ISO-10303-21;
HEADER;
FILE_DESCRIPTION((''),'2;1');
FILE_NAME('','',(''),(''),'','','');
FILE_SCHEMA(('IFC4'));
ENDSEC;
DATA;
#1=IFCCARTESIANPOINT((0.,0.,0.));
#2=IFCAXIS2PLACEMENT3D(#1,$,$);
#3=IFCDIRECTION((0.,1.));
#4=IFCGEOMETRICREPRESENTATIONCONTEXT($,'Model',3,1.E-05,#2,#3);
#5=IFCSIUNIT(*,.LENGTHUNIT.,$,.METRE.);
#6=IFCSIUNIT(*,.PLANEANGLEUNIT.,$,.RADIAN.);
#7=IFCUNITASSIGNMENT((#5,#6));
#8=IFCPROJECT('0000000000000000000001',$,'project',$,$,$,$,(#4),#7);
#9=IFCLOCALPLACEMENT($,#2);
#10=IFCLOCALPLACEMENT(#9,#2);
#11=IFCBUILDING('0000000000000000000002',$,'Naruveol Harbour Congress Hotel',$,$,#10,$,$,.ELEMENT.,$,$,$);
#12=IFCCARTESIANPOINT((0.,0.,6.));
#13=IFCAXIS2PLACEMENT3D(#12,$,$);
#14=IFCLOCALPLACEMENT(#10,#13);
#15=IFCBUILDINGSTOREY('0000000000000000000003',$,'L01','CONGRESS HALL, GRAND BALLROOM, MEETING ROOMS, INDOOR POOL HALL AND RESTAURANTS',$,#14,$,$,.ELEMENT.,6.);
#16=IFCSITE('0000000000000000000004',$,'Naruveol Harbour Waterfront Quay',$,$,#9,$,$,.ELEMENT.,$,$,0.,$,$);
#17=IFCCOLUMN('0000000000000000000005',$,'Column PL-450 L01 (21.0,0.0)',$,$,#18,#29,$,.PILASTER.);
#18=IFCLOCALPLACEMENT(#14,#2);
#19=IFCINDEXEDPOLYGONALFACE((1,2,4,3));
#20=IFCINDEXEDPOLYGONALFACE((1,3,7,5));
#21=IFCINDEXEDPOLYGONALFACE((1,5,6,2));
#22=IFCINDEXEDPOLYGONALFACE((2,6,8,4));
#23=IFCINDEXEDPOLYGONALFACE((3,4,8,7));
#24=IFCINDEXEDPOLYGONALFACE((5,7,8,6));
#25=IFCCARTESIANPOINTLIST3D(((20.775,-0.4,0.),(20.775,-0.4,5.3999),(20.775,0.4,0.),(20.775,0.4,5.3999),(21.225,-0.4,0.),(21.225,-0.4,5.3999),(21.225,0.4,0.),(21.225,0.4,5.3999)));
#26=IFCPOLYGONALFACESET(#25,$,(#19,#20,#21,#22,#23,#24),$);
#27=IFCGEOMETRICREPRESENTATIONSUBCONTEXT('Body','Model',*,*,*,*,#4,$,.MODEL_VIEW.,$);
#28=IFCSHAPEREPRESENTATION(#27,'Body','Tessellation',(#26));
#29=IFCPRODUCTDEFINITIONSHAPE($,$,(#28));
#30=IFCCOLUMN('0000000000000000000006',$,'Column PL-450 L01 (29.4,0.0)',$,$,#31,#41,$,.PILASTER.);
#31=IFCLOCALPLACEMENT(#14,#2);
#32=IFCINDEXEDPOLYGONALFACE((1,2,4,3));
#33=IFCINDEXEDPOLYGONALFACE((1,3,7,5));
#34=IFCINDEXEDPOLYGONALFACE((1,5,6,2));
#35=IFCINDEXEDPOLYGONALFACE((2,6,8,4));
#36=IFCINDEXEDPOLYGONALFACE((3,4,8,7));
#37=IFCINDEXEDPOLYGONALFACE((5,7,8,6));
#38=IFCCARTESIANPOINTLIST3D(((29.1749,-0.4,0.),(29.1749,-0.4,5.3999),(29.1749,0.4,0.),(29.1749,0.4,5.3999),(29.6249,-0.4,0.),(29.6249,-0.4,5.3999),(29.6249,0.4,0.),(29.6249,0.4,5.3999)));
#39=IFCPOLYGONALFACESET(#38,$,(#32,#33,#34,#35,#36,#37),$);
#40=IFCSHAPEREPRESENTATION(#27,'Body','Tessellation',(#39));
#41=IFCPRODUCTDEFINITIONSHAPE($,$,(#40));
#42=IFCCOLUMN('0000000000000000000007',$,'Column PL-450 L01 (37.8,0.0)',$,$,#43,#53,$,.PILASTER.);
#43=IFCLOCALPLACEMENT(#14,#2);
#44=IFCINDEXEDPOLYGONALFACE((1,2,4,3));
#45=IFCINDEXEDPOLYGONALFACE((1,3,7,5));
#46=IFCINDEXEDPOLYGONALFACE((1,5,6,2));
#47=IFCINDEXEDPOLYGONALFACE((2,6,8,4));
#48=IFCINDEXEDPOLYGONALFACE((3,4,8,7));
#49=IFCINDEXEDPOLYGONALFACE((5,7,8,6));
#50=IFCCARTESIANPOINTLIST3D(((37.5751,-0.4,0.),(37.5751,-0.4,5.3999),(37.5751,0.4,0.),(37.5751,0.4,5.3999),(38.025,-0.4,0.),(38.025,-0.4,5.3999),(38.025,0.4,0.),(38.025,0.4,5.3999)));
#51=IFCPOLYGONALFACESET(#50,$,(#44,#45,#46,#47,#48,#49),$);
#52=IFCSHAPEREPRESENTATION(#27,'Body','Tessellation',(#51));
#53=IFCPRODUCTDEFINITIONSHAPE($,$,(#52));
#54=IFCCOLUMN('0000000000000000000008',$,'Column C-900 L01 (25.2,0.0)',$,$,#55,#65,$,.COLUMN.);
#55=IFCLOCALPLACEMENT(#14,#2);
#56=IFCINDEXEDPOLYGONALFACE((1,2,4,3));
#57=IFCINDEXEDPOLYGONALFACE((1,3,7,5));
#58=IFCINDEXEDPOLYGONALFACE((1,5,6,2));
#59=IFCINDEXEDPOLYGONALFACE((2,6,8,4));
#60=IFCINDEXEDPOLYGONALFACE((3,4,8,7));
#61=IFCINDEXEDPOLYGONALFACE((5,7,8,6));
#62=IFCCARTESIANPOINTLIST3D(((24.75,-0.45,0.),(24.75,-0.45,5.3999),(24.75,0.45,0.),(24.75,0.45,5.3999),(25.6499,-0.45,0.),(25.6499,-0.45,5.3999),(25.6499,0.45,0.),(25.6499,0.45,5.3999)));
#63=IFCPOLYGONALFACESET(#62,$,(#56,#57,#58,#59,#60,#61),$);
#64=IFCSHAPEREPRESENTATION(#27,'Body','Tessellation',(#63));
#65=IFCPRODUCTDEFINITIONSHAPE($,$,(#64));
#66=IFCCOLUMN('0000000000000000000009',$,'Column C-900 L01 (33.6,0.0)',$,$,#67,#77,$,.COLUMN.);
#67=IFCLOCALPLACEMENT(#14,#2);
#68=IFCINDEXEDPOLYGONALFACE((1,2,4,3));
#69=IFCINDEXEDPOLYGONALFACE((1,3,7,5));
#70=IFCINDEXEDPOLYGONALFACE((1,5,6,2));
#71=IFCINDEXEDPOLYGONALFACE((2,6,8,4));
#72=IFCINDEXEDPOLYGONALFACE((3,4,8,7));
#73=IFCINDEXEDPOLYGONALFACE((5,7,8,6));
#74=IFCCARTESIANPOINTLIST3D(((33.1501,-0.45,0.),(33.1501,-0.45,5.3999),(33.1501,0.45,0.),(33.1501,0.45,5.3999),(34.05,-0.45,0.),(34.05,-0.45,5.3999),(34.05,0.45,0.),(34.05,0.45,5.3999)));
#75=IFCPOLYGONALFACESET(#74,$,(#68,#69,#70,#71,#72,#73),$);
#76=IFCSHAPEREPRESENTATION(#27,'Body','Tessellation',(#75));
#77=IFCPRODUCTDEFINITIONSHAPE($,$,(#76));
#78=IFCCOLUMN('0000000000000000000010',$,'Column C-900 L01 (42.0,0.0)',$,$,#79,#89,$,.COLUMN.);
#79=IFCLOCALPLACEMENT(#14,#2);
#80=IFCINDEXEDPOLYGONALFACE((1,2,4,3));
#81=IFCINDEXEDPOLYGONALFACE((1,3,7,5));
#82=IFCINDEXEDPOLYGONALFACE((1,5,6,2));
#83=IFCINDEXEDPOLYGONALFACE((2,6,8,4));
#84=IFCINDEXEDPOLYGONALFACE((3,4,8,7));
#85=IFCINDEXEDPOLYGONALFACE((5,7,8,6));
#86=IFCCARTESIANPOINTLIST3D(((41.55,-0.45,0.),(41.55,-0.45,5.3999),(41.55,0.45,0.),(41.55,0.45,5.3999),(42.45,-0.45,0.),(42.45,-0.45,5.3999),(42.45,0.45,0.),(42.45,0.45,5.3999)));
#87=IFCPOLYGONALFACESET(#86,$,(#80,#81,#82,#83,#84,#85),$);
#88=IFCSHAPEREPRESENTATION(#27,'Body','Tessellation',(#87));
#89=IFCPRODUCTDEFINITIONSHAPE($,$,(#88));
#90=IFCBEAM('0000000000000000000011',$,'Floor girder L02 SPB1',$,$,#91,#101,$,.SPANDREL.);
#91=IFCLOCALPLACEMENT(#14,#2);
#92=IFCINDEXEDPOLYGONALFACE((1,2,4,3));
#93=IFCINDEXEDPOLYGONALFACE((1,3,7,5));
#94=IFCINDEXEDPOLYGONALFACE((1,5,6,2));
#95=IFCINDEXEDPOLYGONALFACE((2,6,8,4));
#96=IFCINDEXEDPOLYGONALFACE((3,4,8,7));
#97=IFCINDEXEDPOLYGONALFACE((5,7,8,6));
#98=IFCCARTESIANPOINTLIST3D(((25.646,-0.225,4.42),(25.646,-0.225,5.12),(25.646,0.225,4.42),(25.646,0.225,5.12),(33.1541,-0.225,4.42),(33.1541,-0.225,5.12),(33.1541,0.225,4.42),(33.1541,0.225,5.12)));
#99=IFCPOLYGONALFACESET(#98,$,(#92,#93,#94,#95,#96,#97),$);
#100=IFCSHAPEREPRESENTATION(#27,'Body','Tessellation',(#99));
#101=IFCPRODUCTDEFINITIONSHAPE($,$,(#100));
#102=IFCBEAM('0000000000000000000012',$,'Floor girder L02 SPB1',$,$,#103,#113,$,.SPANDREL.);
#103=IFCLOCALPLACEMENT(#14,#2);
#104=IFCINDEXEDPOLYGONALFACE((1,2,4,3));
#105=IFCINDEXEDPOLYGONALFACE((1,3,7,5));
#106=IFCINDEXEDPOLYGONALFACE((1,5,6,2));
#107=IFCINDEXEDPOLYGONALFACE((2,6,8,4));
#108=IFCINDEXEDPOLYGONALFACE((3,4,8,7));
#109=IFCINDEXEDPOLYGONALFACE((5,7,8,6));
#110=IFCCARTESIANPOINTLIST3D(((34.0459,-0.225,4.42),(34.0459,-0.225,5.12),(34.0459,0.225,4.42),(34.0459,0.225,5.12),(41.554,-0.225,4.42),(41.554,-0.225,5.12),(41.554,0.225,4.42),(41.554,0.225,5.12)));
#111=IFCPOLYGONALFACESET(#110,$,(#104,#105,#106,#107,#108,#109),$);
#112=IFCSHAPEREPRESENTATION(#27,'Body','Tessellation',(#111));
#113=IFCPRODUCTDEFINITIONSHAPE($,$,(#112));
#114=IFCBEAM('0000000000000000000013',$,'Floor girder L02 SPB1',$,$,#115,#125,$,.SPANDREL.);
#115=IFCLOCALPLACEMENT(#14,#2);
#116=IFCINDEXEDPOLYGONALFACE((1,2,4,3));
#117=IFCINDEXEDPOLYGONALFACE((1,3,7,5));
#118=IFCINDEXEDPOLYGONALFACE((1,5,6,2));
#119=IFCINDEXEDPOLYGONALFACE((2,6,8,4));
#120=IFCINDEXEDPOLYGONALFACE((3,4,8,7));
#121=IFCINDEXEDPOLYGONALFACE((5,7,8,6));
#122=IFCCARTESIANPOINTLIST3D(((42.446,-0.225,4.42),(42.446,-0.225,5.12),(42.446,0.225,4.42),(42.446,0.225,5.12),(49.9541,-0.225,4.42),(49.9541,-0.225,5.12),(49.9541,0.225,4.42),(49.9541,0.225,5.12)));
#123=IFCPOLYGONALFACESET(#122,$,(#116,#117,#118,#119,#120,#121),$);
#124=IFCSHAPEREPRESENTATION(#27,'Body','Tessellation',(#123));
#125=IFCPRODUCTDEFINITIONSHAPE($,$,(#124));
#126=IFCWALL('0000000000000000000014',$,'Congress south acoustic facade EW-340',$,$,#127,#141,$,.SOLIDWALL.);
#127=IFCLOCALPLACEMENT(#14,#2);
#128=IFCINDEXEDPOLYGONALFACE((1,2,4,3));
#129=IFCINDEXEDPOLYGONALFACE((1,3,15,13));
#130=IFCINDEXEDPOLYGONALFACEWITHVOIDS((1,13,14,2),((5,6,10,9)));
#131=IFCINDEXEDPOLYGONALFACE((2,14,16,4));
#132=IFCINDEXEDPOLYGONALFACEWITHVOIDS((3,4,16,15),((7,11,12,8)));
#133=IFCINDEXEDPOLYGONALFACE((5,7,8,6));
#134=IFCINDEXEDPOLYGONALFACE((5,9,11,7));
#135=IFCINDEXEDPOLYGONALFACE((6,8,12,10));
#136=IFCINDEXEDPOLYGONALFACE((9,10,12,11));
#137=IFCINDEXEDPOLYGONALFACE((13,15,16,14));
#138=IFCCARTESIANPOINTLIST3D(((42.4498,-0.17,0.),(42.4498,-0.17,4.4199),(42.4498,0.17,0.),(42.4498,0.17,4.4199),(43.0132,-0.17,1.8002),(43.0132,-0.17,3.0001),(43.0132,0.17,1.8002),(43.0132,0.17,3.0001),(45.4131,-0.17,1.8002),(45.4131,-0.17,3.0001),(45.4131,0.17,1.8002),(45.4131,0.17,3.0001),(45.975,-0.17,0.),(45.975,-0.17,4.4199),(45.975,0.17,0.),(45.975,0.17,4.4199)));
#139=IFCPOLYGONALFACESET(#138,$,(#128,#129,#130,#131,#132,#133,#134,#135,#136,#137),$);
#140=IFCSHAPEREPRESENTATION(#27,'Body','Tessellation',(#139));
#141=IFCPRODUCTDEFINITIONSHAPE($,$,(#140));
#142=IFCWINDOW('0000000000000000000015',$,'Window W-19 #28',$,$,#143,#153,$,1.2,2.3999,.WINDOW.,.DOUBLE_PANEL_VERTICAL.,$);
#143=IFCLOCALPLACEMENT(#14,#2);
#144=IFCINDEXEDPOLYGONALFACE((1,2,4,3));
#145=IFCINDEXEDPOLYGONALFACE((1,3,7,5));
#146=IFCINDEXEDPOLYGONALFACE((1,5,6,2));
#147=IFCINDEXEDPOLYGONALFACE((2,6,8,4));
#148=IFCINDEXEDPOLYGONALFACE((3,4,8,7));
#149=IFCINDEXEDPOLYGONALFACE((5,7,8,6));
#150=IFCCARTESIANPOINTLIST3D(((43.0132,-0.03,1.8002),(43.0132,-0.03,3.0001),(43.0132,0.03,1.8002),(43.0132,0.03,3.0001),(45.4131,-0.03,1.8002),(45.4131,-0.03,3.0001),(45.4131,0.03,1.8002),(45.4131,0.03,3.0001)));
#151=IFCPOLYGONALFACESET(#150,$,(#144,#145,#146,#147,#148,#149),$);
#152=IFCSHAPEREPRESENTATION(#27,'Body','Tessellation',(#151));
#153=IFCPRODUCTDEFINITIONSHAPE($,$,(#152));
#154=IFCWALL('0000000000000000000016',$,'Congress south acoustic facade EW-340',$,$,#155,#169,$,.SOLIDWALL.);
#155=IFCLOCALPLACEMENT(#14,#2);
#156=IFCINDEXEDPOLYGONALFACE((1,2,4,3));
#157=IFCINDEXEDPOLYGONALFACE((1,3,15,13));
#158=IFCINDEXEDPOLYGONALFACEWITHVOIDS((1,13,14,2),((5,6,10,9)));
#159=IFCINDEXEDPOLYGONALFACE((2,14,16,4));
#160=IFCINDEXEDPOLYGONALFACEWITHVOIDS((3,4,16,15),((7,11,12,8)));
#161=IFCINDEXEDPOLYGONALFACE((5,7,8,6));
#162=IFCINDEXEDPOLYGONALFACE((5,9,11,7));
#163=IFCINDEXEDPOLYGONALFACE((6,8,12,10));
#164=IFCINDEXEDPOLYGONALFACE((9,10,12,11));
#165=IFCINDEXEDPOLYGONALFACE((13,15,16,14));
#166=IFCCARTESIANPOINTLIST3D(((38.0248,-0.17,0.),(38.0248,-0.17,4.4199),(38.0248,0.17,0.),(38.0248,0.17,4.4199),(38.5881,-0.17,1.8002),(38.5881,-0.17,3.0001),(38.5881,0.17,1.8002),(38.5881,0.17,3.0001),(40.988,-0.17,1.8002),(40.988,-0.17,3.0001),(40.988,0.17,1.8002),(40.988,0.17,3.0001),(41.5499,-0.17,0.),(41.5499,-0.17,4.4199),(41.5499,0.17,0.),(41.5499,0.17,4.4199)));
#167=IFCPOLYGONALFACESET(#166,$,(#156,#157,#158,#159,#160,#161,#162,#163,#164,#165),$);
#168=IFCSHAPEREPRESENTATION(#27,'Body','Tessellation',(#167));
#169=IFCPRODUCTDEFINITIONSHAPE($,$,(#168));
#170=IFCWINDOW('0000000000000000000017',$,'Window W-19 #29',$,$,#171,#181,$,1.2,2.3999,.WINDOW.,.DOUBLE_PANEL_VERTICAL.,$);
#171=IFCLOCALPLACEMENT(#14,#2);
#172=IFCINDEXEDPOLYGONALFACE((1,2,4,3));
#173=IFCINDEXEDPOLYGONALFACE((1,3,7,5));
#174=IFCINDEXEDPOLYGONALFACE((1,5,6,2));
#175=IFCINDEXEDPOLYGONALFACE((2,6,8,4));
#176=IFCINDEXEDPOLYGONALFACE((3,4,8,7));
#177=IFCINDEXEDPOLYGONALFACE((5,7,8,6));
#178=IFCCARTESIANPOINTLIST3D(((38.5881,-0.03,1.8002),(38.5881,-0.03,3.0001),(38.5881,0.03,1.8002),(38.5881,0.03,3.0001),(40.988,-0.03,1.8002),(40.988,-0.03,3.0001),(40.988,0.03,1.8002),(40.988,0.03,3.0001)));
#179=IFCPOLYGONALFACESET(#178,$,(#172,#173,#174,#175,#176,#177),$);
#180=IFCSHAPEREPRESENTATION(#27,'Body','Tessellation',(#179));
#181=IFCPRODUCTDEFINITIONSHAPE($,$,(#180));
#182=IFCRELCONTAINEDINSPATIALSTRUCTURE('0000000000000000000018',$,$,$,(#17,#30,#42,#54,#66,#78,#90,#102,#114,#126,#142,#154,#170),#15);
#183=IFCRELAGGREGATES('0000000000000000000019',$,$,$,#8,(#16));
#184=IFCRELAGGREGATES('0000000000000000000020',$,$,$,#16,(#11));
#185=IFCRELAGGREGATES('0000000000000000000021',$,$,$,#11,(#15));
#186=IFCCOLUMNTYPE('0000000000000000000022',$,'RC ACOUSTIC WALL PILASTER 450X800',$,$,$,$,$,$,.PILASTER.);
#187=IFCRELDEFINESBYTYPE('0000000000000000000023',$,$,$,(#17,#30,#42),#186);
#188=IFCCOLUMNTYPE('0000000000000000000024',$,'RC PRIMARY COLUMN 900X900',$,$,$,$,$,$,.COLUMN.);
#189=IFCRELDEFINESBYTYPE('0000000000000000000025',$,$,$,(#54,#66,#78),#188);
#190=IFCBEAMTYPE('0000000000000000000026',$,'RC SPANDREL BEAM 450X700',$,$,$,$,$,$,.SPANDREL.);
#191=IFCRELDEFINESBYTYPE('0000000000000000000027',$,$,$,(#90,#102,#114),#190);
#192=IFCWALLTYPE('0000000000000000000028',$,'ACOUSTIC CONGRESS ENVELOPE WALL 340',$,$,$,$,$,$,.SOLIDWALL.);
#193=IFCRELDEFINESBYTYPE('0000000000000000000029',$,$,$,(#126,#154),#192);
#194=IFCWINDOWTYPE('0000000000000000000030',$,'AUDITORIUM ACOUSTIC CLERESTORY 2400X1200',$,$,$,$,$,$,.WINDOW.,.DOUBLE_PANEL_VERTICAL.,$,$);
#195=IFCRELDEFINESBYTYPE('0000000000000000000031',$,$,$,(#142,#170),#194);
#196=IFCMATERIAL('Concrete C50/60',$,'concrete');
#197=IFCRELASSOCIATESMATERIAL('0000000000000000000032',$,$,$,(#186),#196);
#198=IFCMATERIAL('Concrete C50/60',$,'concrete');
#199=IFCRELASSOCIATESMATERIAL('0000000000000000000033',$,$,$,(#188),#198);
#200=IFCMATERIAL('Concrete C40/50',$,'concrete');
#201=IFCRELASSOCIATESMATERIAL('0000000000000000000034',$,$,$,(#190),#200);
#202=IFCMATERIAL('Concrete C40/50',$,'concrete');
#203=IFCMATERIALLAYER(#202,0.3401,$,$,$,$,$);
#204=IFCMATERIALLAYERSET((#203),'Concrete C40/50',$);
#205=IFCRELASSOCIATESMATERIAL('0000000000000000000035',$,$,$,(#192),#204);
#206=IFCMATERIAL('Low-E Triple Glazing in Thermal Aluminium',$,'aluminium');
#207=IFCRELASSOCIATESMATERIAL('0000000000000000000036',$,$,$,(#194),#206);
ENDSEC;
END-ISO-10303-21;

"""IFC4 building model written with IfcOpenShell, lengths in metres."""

from ifc_helpers import new_model, si_unit, direction, frame, frame_2d, origin, origin_2d, place, context, subcontext, project, spatial, rectangle, extrude, material, layer, layer_set, material_profile, profile_set, type_object, element, fill, save


model = new_model("IFC4")

# Units and contexts
model_context = context("Model", 3, precision=1e-05, world=origin(), true_north=direction((0.0, 1.0)))
body_context = subcontext(model_context, "Body", "Model", "MODEL_VIEW")
ifc_project = project(units=[si_unit("LENGTHUNIT", "METRE"), si_unit("PLANEANGLEUNIT", "RADIAN")], contexts=[model_context])

# Site, building, storey
site_placement = place(None, origin())
site = spatial("IfcSite", under=ifc_project, at=site_placement, Name="Naruveol Harbour Waterfront Quay", CompositionType="ELEMENT", RefElevation=0.0)
building_placement = place(site_placement, origin())
building = spatial("IfcBuilding", under=site, at=building_placement, Name="Naruveol Harbour Congress Hotel", CompositionType="ELEMENT")
storey_placement = place(building_placement, frame((0.0, 0.0, 6.0)))
storey = spatial("IfcBuildingStorey", under=building, at=storey_placement, Name="L01", Description="CONGRESS HALL, GRAND BALLROOM, MEETING ROOMS, INDOOR POOL HALL AND RESTAURANTS", CompositionType="ELEMENT", Elevation=6.0)

# Columns
ifc_material_1 = material(Name="Concrete C50/60", Category="concrete")
ifc_material_profile_1 = material_profile(ifc_material_1, rectangle(XDim=0.45, YDim=0.8, at=origin_2d()), Name="RC-450x800")
ifc_profile_set_1 = profile_set([ifc_material_profile_1], Name="Concrete C50/60")
column_type_1 = type_object("IfcColumnType", Name="RC ACOUSTIC WALL PILASTER 450X800", PredefinedType="PILASTER", material=ifc_profile_set_1)
for number, where, z_axis, x_axis, name in (
    (1, (21.0, 0.0, 0.0), (0.0, 0.0, 1.0), (1.0, 0.0, 0.0), "Column PL-450 L01 (21.0,0.0)"),
    (2, (29.3999, 0.0, 0.0), (0.0, 0.0, 1.0), (1.0, 0.0, 0.0), "Column PL-450 L01 (29.4,0.0)"),
    (3, (37.8, 0.0, 0.0), (0.0, 0.0, 1.0), (1.0, 0.0, 0.0), "Column PL-450 L01 (37.8,0.0)"),
):
    element("IfcColumn", number, at=place(storey_placement, frame(where, z_axis=z_axis, x_axis=x_axis)), inside=storey, type_object=column_type_1, Name=name, PredefinedType="PILASTER", context=body_context, shape_type="SweptSolid", body=[
        extrude(rectangle(XDim=0.45, YDim=0.8, at=origin_2d()), origin(), (0.0, 0.0, 1.0), 5.3999),
    ])
ifc_material_2 = material(Name="Concrete C50/60", Category="concrete")
ifc_material_profile_2 = material_profile(ifc_material_2, rectangle(XDim=0.8999, YDim=0.8999, at=origin_2d()), Name="RC-900x900")
ifc_profile_set_2 = profile_set([ifc_material_profile_2], Name="Concrete C50/60")
column_type_2 = type_object("IfcColumnType", Name="RC PRIMARY COLUMN 900X900", PredefinedType="COLUMN", material=ifc_profile_set_2)
for number, where, z_axis, x_axis, name in (
    (4, (25.2, 0.0, 0.0), (0.0, 0.0, 1.0), (1.0, 0.0, 0.0), "Column C-900 L01 (25.2,0.0)"),
    (5, (33.6001, 0.0, 0.0), (0.0, 0.0, 1.0), (1.0, 0.0, 0.0), "Column C-900 L01 (33.6,0.0)"),
    (6, (42.0, 0.0, 0.0), (0.0, 0.0, 1.0), (1.0, 0.0, 0.0), "Column C-900 L01 (42.0,0.0)"),
):
    element("IfcColumn", number, at=place(storey_placement, frame(where, z_axis=z_axis, x_axis=x_axis)), inside=storey, type_object=column_type_2, Name=name, PredefinedType="COLUMN", context=body_context, shape_type="SweptSolid", body=[
        extrude(rectangle(XDim=0.8999, YDim=0.8999, at=origin_2d()), origin(), (0.0, 0.0, 1.0), 5.3999),
    ])

# Beams
ifc_material_3 = material(Name="Concrete C40/50", Category="concrete")
ifc_material_profile_3 = material_profile(ifc_material_3, rectangle(XDim=0.45, YDim=0.7, at=origin_2d()), Name="RCB-450x700")
ifc_profile_set_3 = profile_set([ifc_material_profile_3], Name="Concrete C40/50")
beam_type = type_object("IfcBeamType", Name="RC SPANDREL BEAM 450X700", PredefinedType="SPANDREL", material=ifc_profile_set_3)
for number, where, z_axis, x_axis, name in (
    (7, (25.646, 0.0, 4.77), (1.0, 0.0, 0.0), (0.0, 1.0, 0.0), "Floor girder L02 SPB1"),
    (8, (34.0459, 0.0, 4.77), (1.0, 0.0, 0.0), (0.0, 1.0, 0.0), "Floor girder L02 SPB1"),
    (9, (42.446, 0.0, 4.77), (1.0, 0.0, 0.0), (0.0, 1.0, 0.0), "Floor girder L02 SPB1"),
):
    element("IfcBeam", number, at=place(storey_placement, frame(where, z_axis=z_axis, x_axis=x_axis)), inside=storey, type_object=beam_type, Name=name, PredefinedType="SPANDREL", context=body_context, shape_type="SweptSolid", body=[
        extrude(rectangle(XDim=0.45, YDim=0.7, at=origin_2d()), origin(), (0.0, 0.0, 1.0), 7.5081),
    ])

# Walls, openings, windows
ifc_material_4 = material(Name="Concrete C40/50", Category="concrete")
ifc_layer_1 = layer(ifc_material_4, 0.3401)
ifc_layer_set_1 = layer_set([ifc_layer_1], Name="Concrete C40/50")
wall_type = type_object("IfcWallType", Name="ACOUSTIC CONGRESS ENVELOPE WALL 340", PredefinedType="SOLIDWALL", material=ifc_layer_set_1)
wall_1_placement = place(storey_placement, frame((45.9751, 0.0, 0.0), z_axis=(0.0, 0.0, 1.0), x_axis=(-1.0, 0.0, 0.0)))
wall_1 = element("IfcWall", 10, at=wall_1_placement, inside=storey, type_object=wall_type, Name="Congress south acoustic facade EW-340", PredefinedType="SOLIDWALL", context=body_context, shape_type="SweptSolid", body=[
    extrude(rectangle(XDim=3.5251, YDim=0.3401, at=frame_2d((1.7627, 0.0))), origin(), (0.0, 0.0, 1.0), 4.4199),
])
opening_1_placement = place(wall_1_placement, frame((0.562, 0.0, 1.8)))
opening_1 = element("IfcOpeningElement", 11, at=opening_1_placement, cuts=wall_1, PredefinedType="OPENING", context=body_context, shape_type="SweptSolid", body=[
    extrude(rectangle(XDim=2.3999, YDim=1.2, at=frame_2d((1.2, 0.6001))), frame((0.0, 0.1799, 0.0), z_axis=(0.0, -1.0, 0.0), x_axis=(1.0, 0.0, 0.0)), (0.0, 0.0, 1.0), 0.3601),
])
ifc_material_5 = material(Name="Low-E Triple Glazing in Thermal Aluminium", Category="aluminium")
window_type = type_object("IfcWindowType", Name="AUDITORIUM ACOUSTIC CLERESTORY 2400X1200", PartitioningType="DOUBLE_PANEL_VERTICAL", PredefinedType="WINDOW", material=ifc_material_5)
window_1_placement = place(opening_1_placement, origin())
window_1 = element("IfcWindow", 12, at=window_1_placement, inside=storey, type_object=window_type, Name="Window W-19 #28", OverallHeight=1.2, OverallWidth=2.3999, PartitioningType="DOUBLE_PANEL_VERTICAL", PredefinedType="WINDOW", context=body_context, shape_type="SweptSolid", body=[
    extrude(rectangle(XDim=2.3999, YDim=1.2, at=frame_2d((1.2, 0.6001))), frame((0.0, 0.03, 0.0), z_axis=(0.0, -1.0, 0.0), x_axis=(1.0, 0.0, 0.0)), (0.0, 0.0, 1.0), 0.0601),
])
fill(opening_1, window_1)
wall_2_placement = place(storey_placement, frame((41.55, 0.0, 0.0), z_axis=(0.0, 0.0, 1.0), x_axis=(-1.0, 0.0, 0.0)))
wall_2 = element("IfcWall", 13, at=wall_2_placement, inside=storey, type_object=wall_type, Name="Congress south acoustic facade EW-340", PredefinedType="SOLIDWALL", context=body_context, shape_type="SweptSolid", body=[
    extrude(rectangle(XDim=3.5251, YDim=0.3401, at=frame_2d((1.7627, 0.0))), origin(), (0.0, 0.0, 1.0), 4.4199),
])
opening_2_placement = place(wall_2_placement, frame((0.562, 0.0, 1.8)))
opening_2 = element("IfcOpeningElement", 14, at=opening_2_placement, cuts=wall_2, PredefinedType="OPENING", context=body_context, shape_type="SweptSolid", body=[
    extrude(rectangle(XDim=2.3999, YDim=1.2, at=frame_2d((1.2, 0.6001))), frame((0.0, 0.1799, 0.0), z_axis=(0.0, -1.0, 0.0), x_axis=(1.0, 0.0, 0.0)), (0.0, 0.0, 1.0), 0.3601),
])
window_2_placement = place(opening_2_placement, origin())
window_2 = element("IfcWindow", 15, at=window_2_placement, inside=storey, type_object=window_type, Name="Window W-19 #29", OverallHeight=1.2, OverallWidth=2.3999, PartitioningType="DOUBLE_PANEL_VERTICAL", PredefinedType="WINDOW", context=body_context, shape_type="SweptSolid", body=[
    extrude(rectangle(XDim=2.3999, YDim=1.2, at=frame_2d((1.2, 0.6001))), frame((0.0, 0.03, 0.0), z_axis=(0.0, -1.0, 0.0), x_axis=(1.0, 0.0, 0.0)), (0.0, 0.0, 1.0), 0.0601),
])
fill(opening_2, window_2)

save(model, "model.ifc")
